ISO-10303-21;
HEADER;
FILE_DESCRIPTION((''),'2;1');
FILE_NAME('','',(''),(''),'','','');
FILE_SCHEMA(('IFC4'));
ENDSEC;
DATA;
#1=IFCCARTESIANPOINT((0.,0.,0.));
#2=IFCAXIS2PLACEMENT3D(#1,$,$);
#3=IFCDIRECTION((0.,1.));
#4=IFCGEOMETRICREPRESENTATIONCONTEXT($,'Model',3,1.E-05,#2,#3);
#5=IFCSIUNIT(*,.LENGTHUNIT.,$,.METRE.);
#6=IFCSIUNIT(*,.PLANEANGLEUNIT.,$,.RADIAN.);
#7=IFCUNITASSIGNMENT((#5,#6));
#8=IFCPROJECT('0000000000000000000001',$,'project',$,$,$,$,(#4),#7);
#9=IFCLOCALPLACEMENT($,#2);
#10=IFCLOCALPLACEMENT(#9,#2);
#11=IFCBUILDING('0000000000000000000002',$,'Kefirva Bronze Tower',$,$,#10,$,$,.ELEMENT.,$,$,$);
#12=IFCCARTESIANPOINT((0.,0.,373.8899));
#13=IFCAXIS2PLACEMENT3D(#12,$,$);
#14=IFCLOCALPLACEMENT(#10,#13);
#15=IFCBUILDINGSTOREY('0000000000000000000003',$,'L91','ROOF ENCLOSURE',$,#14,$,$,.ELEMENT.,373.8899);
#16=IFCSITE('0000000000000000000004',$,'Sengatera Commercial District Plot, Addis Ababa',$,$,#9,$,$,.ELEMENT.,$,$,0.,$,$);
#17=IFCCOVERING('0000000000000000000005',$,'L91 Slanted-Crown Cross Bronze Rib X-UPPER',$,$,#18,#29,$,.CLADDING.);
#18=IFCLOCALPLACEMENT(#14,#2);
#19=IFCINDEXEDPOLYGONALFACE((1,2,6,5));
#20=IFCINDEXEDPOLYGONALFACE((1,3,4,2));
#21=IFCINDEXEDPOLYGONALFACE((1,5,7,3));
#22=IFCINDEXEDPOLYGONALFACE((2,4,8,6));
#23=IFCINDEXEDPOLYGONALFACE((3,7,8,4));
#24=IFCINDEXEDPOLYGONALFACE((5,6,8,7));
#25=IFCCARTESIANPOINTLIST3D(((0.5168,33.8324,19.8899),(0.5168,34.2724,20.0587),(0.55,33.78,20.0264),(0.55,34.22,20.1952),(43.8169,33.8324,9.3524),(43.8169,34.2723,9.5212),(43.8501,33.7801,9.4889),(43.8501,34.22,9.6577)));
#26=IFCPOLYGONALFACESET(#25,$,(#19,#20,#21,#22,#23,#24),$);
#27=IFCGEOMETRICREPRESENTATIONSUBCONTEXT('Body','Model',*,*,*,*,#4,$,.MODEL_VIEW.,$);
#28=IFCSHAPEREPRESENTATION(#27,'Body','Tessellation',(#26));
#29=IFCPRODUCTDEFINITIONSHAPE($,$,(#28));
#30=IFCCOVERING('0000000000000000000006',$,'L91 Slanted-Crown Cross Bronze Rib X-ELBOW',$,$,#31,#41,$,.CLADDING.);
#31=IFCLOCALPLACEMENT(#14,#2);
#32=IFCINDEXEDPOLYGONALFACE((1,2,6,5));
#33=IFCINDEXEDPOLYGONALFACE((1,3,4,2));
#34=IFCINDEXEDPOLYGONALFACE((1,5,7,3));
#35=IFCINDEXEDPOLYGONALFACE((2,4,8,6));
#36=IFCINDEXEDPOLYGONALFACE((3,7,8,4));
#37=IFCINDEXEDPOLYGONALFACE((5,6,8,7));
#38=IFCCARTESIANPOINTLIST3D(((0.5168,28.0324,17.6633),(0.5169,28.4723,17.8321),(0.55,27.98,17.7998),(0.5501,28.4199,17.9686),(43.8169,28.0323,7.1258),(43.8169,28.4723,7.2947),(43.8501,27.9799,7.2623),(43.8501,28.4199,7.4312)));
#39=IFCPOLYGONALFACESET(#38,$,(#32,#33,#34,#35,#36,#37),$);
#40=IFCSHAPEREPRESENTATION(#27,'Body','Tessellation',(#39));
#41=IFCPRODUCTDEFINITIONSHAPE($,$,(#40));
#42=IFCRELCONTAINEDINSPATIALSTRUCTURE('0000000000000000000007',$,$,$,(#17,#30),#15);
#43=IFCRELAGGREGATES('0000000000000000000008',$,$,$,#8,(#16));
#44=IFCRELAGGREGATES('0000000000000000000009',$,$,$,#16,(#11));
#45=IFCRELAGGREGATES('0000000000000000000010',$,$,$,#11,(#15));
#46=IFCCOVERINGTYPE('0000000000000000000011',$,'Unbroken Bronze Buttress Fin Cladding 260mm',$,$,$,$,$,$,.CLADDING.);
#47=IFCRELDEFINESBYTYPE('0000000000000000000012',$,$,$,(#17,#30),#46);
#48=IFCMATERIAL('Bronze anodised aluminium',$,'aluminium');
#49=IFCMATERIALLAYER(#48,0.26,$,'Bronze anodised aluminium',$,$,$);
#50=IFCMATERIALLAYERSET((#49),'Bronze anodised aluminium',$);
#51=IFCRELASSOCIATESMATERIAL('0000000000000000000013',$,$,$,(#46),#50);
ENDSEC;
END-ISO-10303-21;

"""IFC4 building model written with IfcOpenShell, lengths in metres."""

from ifc_helpers import new_model, si_unit, direction, frame, origin, place, context, subcontext, project, spatial, polyline, outline, extrude, material, layer, layer_set, type_object, element, save


model = new_model("IFC4")

# Units and contexts
model_context = context("Model", 3, precision=1e-05, world=origin(), true_north=direction((0.0, 1.0)))
body_context = subcontext(model_context, "Body", "Model", "MODEL_VIEW")
ifc_project = project(units=[si_unit("LENGTHUNIT", "METRE"), si_unit("PLANEANGLEUNIT", "RADIAN")], contexts=[model_context])

# Site, building, storey
site_placement = place(None, origin())
site = spatial("IfcSite", under=ifc_project, at=site_placement, Name="Sengatera Commercial District Plot, Addis Ababa", CompositionType="ELEMENT", RefElevation=0.0)
building_placement = place(site_placement, origin())
building = spatial("IfcBuilding", under=site, at=building_placement, Name="Kefirva Bronze Tower", CompositionType="ELEMENT")
storey_placement = place(building_placement, frame((0.0, 0.0, 373.8899)))
storey = spatial("IfcBuildingStorey", under=building, at=storey_placement, Name="L91", Description="ROOF ENCLOSURE", CompositionType="ELEMENT", Elevation=373.8899)

# Coverings
ifc_material_1 = material(Name="Bronze anodised aluminium", Category="aluminium")
ifc_layer_1 = layer(ifc_material_1, 0.26, Name="Bronze anodised aluminium")
ifc_layer_set_1 = layer_set([ifc_layer_1], Name="Bronze anodised aluminium")
covering_type_1 = type_object("IfcCoveringType", Name="Unbroken Bronze Buttress Fin Cladding 260mm", PredefinedType="CLADDING", material=ifc_layer_set_1)
covering_1_placement = place(storey_placement, frame((0.55, 33.78, 20.0264), z_axis=(0.221558, -0.349363, 0.910416), x_axis=(0.971642, 0.000001, -0.236458)))
element("IfcCovering", 1, at=covering_1_placement, inside=storey, type_object=covering_type_1, Name="L91 Slanted-Crown Cross Bronze Rib X-UPPER", PredefinedType="CLADDING", context=body_context, shape_type="SweptSolid", body=[
    extrude(outline(polyline([(0.0, 0.0), (44.5638, 0.0), (44.5239, 0.4695), (-0.0399, 0.4696), (0.0, 0.0)])), origin(), (0.0, 0.0, -1.0), 0.1499),
])
covering_2_placement = place(storey_placement, frame((0.55, 27.98, 17.7998), z_axis=(0.221558, -0.349363, 0.910416), x_axis=(0.971642, -0.000001, -0.236458)))
element("IfcCovering", 2, at=covering_2_placement, inside=storey, type_object=covering_type_1, Name="L91 Slanted-Crown Cross Bronze Rib X-ELBOW", PredefinedType="CLADDING", context=body_context, shape_type="SweptSolid", body=[
    extrude(outline(polyline([(0.0, 0.0), (44.5638, 0.0), (44.5239, 0.4696), (-0.0399, 0.4695), (0.0, 0.0)])), origin(), (0.0, 0.0, -1.0), 0.1499),
])

save(model, "model.ifc")
